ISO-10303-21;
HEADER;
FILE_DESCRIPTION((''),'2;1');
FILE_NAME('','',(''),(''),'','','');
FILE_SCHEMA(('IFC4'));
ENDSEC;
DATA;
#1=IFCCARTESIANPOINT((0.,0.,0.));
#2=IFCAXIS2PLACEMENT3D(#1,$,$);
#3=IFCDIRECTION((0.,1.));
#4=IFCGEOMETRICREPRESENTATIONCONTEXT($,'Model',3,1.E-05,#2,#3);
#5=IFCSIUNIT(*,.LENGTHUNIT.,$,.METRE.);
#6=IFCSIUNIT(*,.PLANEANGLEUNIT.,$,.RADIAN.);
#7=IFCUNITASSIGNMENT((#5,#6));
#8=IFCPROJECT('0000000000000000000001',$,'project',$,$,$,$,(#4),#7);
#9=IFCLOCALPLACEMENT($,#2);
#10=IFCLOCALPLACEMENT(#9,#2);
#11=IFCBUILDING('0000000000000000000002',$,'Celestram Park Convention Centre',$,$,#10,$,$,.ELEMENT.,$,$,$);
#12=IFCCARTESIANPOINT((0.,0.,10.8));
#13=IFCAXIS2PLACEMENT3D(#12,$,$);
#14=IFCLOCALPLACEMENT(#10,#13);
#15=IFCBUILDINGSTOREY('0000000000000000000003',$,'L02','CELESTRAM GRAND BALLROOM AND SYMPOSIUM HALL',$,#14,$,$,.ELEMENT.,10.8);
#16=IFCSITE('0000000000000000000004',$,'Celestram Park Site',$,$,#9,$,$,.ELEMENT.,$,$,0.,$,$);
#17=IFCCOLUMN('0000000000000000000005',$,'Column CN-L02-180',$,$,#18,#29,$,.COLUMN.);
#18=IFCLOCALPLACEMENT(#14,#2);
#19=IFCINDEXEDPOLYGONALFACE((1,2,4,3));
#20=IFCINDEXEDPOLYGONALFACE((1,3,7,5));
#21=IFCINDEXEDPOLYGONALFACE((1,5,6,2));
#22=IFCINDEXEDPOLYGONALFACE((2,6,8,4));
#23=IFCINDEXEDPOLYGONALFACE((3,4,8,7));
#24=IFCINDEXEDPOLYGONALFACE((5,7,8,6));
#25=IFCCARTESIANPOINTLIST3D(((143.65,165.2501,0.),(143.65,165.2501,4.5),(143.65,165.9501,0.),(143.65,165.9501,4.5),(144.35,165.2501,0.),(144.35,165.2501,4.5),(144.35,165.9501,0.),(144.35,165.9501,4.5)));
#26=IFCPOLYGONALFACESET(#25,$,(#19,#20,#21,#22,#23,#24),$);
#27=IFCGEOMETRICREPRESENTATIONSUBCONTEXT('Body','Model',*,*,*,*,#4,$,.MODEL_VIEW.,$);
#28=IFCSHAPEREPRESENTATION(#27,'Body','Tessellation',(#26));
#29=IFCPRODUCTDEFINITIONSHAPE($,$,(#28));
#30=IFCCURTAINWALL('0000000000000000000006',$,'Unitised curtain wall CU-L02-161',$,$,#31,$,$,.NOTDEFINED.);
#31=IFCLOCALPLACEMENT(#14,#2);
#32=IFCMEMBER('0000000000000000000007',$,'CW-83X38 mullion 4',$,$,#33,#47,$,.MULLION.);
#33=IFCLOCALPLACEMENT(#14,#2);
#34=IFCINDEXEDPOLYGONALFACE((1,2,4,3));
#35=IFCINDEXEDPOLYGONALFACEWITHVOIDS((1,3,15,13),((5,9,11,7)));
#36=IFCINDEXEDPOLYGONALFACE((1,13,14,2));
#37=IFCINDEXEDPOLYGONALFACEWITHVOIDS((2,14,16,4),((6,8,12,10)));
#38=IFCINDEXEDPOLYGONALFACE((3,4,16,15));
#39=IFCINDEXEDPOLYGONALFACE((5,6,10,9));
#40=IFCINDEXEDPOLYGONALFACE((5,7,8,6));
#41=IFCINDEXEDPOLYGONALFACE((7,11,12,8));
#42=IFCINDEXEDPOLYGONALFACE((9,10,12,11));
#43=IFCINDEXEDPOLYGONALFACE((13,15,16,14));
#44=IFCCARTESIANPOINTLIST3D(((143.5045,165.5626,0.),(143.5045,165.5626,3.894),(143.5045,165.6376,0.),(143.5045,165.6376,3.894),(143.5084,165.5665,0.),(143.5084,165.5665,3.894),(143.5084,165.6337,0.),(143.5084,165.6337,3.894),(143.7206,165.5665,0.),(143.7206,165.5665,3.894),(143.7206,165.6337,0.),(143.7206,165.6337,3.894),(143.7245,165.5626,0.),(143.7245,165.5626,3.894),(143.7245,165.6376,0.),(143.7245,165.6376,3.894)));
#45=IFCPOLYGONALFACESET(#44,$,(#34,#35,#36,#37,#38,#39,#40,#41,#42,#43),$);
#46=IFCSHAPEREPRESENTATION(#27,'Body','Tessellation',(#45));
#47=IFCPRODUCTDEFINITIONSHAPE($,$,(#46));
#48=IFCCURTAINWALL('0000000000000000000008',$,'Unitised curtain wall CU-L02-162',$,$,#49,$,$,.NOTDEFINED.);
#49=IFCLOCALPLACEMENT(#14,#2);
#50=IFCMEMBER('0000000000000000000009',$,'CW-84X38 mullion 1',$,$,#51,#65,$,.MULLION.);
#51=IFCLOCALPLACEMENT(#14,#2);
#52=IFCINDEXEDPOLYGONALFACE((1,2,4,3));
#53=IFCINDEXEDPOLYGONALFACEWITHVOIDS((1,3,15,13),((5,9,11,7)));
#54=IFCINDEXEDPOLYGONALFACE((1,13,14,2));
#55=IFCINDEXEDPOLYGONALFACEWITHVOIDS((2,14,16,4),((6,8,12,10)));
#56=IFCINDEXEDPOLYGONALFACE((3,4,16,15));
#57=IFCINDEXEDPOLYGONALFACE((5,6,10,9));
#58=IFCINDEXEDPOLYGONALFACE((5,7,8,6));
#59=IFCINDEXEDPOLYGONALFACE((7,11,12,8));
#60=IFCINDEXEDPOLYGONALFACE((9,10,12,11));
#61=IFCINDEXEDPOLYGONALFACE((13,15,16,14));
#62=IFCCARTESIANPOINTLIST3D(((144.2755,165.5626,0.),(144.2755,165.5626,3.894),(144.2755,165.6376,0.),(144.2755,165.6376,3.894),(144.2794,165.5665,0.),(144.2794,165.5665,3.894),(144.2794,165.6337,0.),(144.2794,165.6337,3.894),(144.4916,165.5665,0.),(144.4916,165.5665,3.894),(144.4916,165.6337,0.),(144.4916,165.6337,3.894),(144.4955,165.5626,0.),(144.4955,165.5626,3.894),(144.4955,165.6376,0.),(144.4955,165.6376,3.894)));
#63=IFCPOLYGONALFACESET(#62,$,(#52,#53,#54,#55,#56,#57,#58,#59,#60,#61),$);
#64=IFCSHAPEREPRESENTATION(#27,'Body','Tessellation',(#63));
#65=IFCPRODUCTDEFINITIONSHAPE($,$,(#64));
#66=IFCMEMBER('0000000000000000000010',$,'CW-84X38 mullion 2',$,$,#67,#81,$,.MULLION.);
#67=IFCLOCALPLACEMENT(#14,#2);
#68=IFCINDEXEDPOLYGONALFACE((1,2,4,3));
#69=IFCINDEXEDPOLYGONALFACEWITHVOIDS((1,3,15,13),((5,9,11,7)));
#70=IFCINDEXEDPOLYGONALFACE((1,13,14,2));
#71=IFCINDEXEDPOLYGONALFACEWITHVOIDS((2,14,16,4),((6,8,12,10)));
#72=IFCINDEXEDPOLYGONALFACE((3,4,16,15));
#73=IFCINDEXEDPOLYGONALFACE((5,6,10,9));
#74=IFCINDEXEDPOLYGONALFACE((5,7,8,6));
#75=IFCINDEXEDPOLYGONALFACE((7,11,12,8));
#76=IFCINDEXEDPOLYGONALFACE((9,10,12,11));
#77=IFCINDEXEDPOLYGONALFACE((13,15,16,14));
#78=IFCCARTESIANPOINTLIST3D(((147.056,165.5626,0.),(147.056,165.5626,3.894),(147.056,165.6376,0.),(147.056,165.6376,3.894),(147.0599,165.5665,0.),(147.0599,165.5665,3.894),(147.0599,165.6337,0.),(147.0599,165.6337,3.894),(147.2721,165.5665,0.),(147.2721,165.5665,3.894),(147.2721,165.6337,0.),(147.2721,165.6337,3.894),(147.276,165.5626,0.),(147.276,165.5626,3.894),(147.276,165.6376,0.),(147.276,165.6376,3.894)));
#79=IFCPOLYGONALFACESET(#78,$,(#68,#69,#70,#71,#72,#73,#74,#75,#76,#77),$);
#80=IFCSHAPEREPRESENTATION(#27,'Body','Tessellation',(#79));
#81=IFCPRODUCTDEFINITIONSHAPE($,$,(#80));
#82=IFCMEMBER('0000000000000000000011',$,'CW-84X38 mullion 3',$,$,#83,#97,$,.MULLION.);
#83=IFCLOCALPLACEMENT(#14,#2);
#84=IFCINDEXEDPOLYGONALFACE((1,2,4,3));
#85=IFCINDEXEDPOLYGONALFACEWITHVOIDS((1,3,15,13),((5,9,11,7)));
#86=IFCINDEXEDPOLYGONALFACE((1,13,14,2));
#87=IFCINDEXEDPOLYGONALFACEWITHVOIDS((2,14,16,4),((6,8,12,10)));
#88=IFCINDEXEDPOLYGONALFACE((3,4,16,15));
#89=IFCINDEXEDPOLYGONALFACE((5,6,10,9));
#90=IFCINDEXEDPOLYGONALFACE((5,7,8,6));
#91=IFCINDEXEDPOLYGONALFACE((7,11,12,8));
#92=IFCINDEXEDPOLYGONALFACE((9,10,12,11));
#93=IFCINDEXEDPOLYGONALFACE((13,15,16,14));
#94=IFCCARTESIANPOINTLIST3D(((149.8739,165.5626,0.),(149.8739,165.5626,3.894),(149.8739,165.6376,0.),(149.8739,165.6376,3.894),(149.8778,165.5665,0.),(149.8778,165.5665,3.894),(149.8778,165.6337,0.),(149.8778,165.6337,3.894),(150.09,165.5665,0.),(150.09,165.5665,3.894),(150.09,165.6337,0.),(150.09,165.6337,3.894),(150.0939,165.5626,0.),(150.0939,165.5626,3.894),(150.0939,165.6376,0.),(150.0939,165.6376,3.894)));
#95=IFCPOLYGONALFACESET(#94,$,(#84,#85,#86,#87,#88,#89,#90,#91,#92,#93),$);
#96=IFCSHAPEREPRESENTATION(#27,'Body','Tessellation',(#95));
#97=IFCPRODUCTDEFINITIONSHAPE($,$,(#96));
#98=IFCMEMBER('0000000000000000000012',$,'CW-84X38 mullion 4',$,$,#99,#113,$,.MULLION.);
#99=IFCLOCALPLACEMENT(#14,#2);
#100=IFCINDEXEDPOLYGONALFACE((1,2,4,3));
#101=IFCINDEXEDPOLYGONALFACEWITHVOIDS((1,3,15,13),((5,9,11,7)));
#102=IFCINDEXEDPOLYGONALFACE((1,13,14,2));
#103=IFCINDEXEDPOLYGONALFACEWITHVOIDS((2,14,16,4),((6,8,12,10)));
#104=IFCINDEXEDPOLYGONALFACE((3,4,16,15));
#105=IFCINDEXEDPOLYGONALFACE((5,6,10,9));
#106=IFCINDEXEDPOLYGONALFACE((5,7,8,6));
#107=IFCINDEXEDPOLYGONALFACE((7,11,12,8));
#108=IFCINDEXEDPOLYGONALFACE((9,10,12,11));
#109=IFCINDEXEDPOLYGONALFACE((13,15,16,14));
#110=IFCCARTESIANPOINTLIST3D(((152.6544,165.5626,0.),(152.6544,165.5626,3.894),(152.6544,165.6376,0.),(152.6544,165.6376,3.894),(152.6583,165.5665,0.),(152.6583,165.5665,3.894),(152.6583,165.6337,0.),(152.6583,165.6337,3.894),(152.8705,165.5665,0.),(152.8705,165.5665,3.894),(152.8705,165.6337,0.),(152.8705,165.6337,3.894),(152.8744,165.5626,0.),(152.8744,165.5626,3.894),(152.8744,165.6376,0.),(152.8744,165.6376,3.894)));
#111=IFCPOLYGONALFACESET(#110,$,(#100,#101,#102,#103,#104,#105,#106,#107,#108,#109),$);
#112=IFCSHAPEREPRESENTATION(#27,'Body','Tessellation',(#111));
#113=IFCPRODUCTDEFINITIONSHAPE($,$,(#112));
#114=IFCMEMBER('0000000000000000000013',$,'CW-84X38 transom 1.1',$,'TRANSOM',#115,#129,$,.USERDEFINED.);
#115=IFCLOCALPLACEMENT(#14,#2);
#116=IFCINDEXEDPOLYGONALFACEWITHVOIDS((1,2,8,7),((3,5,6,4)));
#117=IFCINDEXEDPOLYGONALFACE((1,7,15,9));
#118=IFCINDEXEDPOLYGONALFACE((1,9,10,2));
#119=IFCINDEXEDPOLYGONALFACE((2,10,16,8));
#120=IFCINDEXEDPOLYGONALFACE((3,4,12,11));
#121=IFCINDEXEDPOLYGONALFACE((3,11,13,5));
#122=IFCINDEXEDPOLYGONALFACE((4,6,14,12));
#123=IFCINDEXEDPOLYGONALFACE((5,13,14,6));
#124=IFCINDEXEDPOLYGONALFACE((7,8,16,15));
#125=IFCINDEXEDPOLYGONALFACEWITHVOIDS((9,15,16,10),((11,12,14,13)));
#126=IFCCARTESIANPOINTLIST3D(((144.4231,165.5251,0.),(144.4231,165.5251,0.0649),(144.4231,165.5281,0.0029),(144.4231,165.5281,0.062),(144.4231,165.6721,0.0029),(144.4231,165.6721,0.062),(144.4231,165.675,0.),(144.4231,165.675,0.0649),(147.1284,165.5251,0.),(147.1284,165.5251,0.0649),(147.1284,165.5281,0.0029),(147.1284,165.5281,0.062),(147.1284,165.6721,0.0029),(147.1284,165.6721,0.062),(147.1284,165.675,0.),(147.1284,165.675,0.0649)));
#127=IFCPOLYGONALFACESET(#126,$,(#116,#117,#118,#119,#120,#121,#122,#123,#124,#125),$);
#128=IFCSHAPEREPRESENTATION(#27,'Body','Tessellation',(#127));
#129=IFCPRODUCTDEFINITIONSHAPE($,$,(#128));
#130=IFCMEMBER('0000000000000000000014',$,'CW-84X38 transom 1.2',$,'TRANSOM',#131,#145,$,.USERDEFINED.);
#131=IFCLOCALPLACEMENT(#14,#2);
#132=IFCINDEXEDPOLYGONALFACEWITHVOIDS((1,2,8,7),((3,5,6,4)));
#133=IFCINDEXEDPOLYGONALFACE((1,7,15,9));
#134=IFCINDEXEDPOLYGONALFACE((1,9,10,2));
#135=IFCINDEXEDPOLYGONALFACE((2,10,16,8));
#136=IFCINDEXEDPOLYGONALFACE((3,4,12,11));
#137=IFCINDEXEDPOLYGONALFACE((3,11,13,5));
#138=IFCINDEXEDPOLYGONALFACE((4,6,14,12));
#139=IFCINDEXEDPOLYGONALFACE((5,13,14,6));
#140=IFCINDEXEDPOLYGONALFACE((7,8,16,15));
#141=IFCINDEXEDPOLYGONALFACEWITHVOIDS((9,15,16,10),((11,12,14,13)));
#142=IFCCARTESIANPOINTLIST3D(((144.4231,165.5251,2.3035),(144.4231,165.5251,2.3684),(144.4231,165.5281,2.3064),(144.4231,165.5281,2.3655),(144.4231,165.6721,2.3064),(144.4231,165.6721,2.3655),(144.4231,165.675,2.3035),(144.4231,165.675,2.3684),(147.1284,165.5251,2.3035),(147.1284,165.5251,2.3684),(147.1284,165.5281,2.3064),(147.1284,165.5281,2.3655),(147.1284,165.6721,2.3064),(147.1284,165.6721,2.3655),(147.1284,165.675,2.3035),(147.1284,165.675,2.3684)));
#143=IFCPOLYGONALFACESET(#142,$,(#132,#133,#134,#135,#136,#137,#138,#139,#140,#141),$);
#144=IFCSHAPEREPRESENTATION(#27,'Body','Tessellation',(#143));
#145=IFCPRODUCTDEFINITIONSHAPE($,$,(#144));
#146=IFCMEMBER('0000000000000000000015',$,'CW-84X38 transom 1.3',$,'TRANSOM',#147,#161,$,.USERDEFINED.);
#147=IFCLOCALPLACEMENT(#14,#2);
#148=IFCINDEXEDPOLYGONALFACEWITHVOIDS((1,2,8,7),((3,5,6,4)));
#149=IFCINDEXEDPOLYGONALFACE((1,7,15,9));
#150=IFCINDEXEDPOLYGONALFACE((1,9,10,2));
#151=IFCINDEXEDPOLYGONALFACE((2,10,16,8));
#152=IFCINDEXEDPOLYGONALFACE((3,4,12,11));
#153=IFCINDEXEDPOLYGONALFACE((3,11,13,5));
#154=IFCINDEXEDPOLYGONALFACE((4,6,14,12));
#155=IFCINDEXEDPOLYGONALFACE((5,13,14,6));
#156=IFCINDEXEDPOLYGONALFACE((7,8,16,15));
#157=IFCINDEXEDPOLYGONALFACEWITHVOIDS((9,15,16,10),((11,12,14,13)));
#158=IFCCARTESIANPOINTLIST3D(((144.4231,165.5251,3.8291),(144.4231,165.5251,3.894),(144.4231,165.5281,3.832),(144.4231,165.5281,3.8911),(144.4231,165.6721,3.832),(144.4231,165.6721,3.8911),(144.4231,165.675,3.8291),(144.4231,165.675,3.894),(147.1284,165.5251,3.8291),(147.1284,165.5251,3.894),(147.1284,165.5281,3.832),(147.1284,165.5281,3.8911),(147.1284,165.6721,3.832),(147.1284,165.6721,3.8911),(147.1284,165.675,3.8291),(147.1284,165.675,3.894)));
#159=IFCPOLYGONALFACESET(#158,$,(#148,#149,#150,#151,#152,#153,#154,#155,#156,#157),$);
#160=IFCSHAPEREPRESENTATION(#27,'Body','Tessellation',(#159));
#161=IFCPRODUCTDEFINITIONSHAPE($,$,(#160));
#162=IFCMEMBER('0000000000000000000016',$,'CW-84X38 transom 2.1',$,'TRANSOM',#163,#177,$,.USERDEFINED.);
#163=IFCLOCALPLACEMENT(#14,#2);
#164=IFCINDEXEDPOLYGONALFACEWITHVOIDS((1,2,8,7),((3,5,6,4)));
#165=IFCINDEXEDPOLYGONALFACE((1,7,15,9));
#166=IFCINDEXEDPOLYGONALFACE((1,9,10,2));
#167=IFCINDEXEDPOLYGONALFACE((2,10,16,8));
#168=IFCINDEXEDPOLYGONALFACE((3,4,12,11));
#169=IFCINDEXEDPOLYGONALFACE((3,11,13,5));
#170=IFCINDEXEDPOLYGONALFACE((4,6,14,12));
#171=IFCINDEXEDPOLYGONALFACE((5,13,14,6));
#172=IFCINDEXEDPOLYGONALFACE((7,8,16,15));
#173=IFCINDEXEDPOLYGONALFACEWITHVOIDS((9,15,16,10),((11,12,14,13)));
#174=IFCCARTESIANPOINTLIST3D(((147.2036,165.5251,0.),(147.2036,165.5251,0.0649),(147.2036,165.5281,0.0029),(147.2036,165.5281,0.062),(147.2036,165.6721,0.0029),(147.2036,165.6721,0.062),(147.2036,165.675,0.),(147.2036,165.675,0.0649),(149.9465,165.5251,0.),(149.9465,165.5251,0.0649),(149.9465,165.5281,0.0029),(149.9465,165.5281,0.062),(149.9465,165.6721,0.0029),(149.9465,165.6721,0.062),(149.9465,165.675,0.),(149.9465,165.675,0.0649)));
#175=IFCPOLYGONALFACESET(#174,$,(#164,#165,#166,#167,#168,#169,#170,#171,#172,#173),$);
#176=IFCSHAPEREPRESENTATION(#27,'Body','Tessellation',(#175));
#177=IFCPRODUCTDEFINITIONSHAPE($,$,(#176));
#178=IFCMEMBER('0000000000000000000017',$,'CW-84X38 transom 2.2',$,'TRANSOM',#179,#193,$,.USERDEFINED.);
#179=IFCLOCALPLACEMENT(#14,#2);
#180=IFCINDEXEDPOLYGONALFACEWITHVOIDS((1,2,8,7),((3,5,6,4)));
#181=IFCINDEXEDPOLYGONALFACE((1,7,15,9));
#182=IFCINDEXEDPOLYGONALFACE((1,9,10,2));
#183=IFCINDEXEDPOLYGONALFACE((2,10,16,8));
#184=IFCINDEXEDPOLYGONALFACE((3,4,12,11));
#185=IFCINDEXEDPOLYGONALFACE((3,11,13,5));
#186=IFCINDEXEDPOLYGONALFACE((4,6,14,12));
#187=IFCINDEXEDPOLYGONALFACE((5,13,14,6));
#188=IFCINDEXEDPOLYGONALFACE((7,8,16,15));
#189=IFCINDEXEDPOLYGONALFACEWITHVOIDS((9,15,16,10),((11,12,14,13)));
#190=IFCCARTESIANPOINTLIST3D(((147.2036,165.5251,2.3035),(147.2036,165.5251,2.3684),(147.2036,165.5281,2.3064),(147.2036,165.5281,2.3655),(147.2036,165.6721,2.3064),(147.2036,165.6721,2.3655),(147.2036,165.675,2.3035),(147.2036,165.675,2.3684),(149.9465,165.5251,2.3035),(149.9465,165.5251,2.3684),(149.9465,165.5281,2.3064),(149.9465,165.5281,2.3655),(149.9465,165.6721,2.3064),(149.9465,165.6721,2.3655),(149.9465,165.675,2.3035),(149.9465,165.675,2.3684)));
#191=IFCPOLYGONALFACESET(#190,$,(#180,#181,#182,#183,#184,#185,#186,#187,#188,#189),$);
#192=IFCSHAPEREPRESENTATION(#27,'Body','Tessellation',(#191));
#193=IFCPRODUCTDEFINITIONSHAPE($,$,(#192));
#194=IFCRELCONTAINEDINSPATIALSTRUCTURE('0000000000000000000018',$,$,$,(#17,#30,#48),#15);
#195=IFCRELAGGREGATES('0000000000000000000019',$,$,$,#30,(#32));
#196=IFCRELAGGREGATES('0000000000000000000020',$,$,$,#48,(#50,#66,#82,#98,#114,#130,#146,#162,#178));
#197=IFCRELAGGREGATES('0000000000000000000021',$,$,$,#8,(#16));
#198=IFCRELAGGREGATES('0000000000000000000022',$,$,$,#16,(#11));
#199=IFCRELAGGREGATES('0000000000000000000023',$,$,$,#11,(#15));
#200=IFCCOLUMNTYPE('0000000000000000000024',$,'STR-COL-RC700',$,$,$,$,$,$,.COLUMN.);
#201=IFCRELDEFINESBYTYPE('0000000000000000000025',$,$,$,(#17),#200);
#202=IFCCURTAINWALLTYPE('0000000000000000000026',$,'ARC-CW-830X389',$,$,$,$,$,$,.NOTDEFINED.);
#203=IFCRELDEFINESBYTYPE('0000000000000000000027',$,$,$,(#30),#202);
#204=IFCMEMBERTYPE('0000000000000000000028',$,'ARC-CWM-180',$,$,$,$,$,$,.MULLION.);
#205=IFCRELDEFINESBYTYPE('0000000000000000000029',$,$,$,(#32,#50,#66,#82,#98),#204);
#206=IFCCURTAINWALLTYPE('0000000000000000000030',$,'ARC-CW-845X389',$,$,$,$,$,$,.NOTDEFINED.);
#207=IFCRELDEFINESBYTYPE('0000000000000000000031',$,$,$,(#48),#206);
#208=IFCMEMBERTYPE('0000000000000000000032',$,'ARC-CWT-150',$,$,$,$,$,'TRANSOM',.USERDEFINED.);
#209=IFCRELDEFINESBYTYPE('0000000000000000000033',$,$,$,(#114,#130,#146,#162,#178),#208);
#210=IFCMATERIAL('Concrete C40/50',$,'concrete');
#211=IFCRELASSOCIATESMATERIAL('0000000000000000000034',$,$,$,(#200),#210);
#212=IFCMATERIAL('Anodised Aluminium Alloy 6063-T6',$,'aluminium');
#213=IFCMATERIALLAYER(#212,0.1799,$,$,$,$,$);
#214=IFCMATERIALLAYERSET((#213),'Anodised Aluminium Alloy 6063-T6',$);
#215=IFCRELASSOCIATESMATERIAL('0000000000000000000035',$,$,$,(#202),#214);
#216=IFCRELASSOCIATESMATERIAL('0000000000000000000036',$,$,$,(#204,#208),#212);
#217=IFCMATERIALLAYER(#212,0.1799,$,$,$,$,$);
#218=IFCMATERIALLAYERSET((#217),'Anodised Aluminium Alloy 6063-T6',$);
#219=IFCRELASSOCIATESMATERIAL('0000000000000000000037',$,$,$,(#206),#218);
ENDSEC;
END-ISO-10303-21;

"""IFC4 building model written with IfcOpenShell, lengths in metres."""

from ifc_helpers import new_model, si_unit, direction, frame, origin, origin_2d, place, context, subcontext, project, spatial, rectangle, hollow_rectangle, extrude, material, layer, layer_set, material_profile, profile_set, type_object, element, aggregate, save


model = new_model("IFC4")

# Units and contexts
model_context = context("Model", 3, precision=1e-05, world=origin(), true_north=direction((0.0, 1.0)))
body_context = subcontext(model_context, "Body", "Model", "MODEL_VIEW")
ifc_project = project(units=[si_unit("LENGTHUNIT", "METRE"), si_unit("PLANEANGLEUNIT", "RADIAN")], contexts=[model_context])

# Site, building, storey
site_placement = place(None, origin())
site = spatial("IfcSite", under=ifc_project, at=site_placement, Name="Celestram Park Site", CompositionType="ELEMENT", RefElevation=0.0)
building_placement = place(site_placement, origin())
building = spatial("IfcBuilding", under=site, at=building_placement, Name="Celestram Park Convention Centre", CompositionType="ELEMENT")
storey_placement = place(building_placement, frame((0.0, 0.0, 10.8)))
storey = spatial("IfcBuildingStorey", under=building, at=storey_placement, Name="L02", Description="CELESTRAM GRAND BALLROOM AND SYMPOSIUM HALL", CompositionType="ELEMENT", Elevation=10.8)

# Column
ifc_material_1 = material(Name="Concrete C40/50", Category="concrete")
ifc_material_profile_1 = material_profile(ifc_material_1, rectangle(XDim=0.7, YDim=0.7, at=origin_2d()), Name="RC700X700")
ifc_profile_set_1 = profile_set([ifc_material_profile_1], Name="Concrete C40/50")
column_type = type_object("IfcColumnType", Name="STR-COL-RC700", PredefinedType="COLUMN", material=ifc_profile_set_1)
column_placement = place(storey_placement, frame((144.0, 165.6001, 0.0), z_axis=(0.0, 0.0, 1.0), x_axis=(1.0, 0.0, 0.0)))
element("IfcColumn", 1, at=column_placement, inside=storey, type_object=column_type, Name="Column CN-L02-180", PredefinedType="COLUMN", context=body_context, shape_type="SweptSolid", body=[
    extrude(rectangle(XDim=0.7, YDim=0.7, at=origin_2d()), origin(), (0.0, 0.0, 1.0), 4.5),
])

# Curtain wall, member
ifc_material_2 = material(Name="Anodised Aluminium Alloy 6063-T6", Category="aluminium")
ifc_layer_1 = layer(ifc_material_2, 0.1799)
ifc_layer_set_1 = layer_set([ifc_layer_1], Name="Anodised Aluminium Alloy 6063-T6")
curtain_wall_type_1 = type_object("IfcCurtainWallType", Name="ARC-CW-830X389", PredefinedType="NOTDEFINED", material=ifc_layer_set_1)
curtain_wall_1_placement = place(storey_placement, origin())
curtain_wall_1 = element("IfcCurtainWall", 2, at=curtain_wall_1_placement, inside=storey, type_object=curtain_wall_type_1, Name="Unitised curtain wall CU-L02-161", PredefinedType="NOTDEFINED")
ifc_material_profile_2 = material_profile(ifc_material_2, hollow_rectangle(XDim=0.075, YDim=0.22, WallThickness=0.0039, at=origin_2d()), Name="ALU75X220X4")
ifc_profile_set_2 = profile_set([ifc_material_profile_2], Name="Anodised Aluminium Alloy 6063-T6")
member_type_1 = type_object("IfcMemberType", Name="ARC-CWM-180", PredefinedType="MULLION", material=ifc_profile_set_2)
member_1_placement = place(storey_placement, frame((143.6145, 165.6001, 0.0), z_axis=(0.0, 0.0, 1.0), x_axis=(0.0, 1.0, 0.0)))
member_1 = element("IfcMember", 3, at=member_1_placement, type_object=member_type_1, Name="CW-83X38 mullion 4", PredefinedType="MULLION", context=body_context, shape_type="SweptSolid", body=[
    extrude(hollow_rectangle(XDim=0.075, YDim=0.22, WallThickness=0.0039, at=origin_2d()), origin(), (0.0, 0.0, 1.0), 3.894),
])
aggregate(curtain_wall_1, [member_1])

# Curtain wall, members
ifc_layer_2 = layer(ifc_material_2, 0.1799)
ifc_layer_set_2 = layer_set([ifc_layer_2], Name="Anodised Aluminium Alloy 6063-T6")
curtain_wall_type_2 = type_object("IfcCurtainWallType", Name="ARC-CW-845X389", PredefinedType="NOTDEFINED", material=ifc_layer_set_2)
curtain_wall_2_placement = place(storey_placement, origin())
curtain_wall_2 = element("IfcCurtainWall", 4, at=curtain_wall_2_placement, inside=storey, type_object=curtain_wall_type_2, Name="Unitised curtain wall CU-L02-162", PredefinedType="NOTDEFINED")
member_2_placement = place(storey_placement, frame((144.3855, 165.6001, 0.0), z_axis=(0.0, 0.0, 1.0), x_axis=(0.0, 1.0, 0.0)))
member_2 = element("IfcMember", 5, at=member_2_placement, type_object=member_type_1, Name="CW-84X38 mullion 1", PredefinedType="MULLION", context=body_context, shape_type="SweptSolid", body=[
    extrude(hollow_rectangle(XDim=0.075, YDim=0.22, WallThickness=0.0039, at=origin_2d()), origin(), (0.0, 0.0, 1.0), 3.894),
])
member_3_placement = place(storey_placement, frame((147.166, 165.6001, 0.0), z_axis=(0.0, 0.0, 1.0), x_axis=(0.0, 1.0, 0.0)))
member_3 = element("IfcMember", 6, at=member_3_placement, type_object=member_type_1, Name="CW-84X38 mullion 2", PredefinedType="MULLION", context=body_context, shape_type="SweptSolid", body=[
    extrude(hollow_rectangle(XDim=0.075, YDim=0.22, WallThickness=0.0039, at=origin_2d()), origin(), (0.0, 0.0, 1.0), 3.894),
])
member_4_placement = place(storey_placement, frame((149.9839, 165.6001, 0.0), z_axis=(0.0, 0.0, 1.0), x_axis=(0.0, 1.0, 0.0)))
member_4 = element("IfcMember", 7, at=member_4_placement, type_object=member_type_1, Name="CW-84X38 mullion 3", PredefinedType="MULLION", context=body_context, shape_type="SweptSolid", body=[
    extrude(hollow_rectangle(XDim=0.075, YDim=0.22, WallThickness=0.0039, at=origin_2d()), origin(), (0.0, 0.0, 1.0), 3.894),
])
member_5_placement = place(storey_placement, frame((152.7644, 165.6001, 0.0), z_axis=(0.0, 0.0, 1.0), x_axis=(0.0, 1.0, 0.0)))
member_5 = element("IfcMember", 8, at=member_5_placement, type_object=member_type_1, Name="CW-84X38 mullion 4", PredefinedType="MULLION", context=body_context, shape_type="SweptSolid", body=[
    extrude(hollow_rectangle(XDim=0.075, YDim=0.22, WallThickness=0.0039, at=origin_2d()), origin(), (0.0, 0.0, 1.0), 3.894),
])
ifc_material_profile_3 = material_profile(ifc_material_2, hollow_rectangle(XDim=0.1499, YDim=0.0649, WallThickness=0.0029, at=origin_2d()), Name="ALU150X65X3")
ifc_profile_set_3 = profile_set([ifc_material_profile_3], Name="Anodised Aluminium Alloy 6063-T6")
member_type_2 = type_object("IfcMemberType", Name="ARC-CWT-150", ElementType="TRANSOM", PredefinedType="USERDEFINED", material=ifc_profile_set_3)
member_6_placement = place(storey_placement, frame((144.4231, 165.6001, 0.0325), z_axis=(1.0, 0.0, 0.0), x_axis=(0.0, 1.0, 0.0)))
member_6 = element("IfcMember", 9, at=member_6_placement, type_object=member_type_2, Name="CW-84X38 transom 1.1", ObjectType="TRANSOM", PredefinedType="USERDEFINED", context=body_context, shape_type="SweptSolid", body=[
    extrude(hollow_rectangle(XDim=0.1499, YDim=0.0649, WallThickness=0.0029, at=origin_2d()), origin(), (0.0, 0.0, 1.0), 2.7053),
])
member_7_placement = place(storey_placement, frame((144.4231, 165.6001, 2.3359), z_axis=(1.0, 0.0, 0.0), x_axis=(0.0, 1.0, 0.0)))
member_7 = element("IfcMember", 10, at=member_7_placement, type_object=member_type_2, Name="CW-84X38 transom 1.2", ObjectType="TRANSOM", PredefinedType="USERDEFINED", context=body_context, shape_type="SweptSolid", body=[
    extrude(hollow_rectangle(XDim=0.1499, YDim=0.0649, WallThickness=0.0029, at=origin_2d()), origin(), (0.0, 0.0, 1.0), 2.7053),
])
member_8_placement = place(storey_placement, frame((144.4231, 165.6001, 3.8616), z_axis=(1.0, 0.0, 0.0), x_axis=(0.0, 1.0, 0.0)))
member_8 = element("IfcMember", 11, at=member_8_placement, type_object=member_type_2, Name="CW-84X38 transom 1.3", ObjectType="TRANSOM", PredefinedType="USERDEFINED", context=body_context, shape_type="SweptSolid", body=[
    extrude(hollow_rectangle(XDim=0.1499, YDim=0.0649, WallThickness=0.0029, at=origin_2d()), origin(), (0.0, 0.0, 1.0), 2.7053),
])
member_9_placement = place(storey_placement, frame((147.2036, 165.6001, 0.0325), z_axis=(1.0, 0.0, 0.0), x_axis=(0.0, 1.0, 0.0)))
member_9 = element("IfcMember", 12, at=member_9_placement, type_object=member_type_2, Name="CW-84X38 transom 2.1", ObjectType="TRANSOM", PredefinedType="USERDEFINED", context=body_context, shape_type="SweptSolid", body=[
    extrude(hollow_rectangle(XDim=0.1499, YDim=0.0649, WallThickness=0.0029, at=origin_2d()), origin(), (0.0, 0.0, 1.0), 2.7429),
])
member_10_placement = place(storey_placement, frame((147.2036, 165.6001, 2.3359), z_axis=(1.0, 0.0, 0.0), x_axis=(0.0, 1.0, 0.0)))
member_10 = element("IfcMember", 13, at=member_10_placement, type_object=member_type_2, Name="CW-84X38 transom 2.2", ObjectType="TRANSOM", PredefinedType="USERDEFINED", context=body_context, shape_type="SweptSolid", body=[
    extrude(hollow_rectangle(XDim=0.1499, YDim=0.0649, WallThickness=0.0029, at=origin_2d()), origin(), (0.0, 0.0, 1.0), 2.7429),
])

aggregate(curtain_wall_2, [member_2, member_3, member_4, member_5, member_6, member_7, member_8, member_9, member_10])

save(model, "model.ifc")
